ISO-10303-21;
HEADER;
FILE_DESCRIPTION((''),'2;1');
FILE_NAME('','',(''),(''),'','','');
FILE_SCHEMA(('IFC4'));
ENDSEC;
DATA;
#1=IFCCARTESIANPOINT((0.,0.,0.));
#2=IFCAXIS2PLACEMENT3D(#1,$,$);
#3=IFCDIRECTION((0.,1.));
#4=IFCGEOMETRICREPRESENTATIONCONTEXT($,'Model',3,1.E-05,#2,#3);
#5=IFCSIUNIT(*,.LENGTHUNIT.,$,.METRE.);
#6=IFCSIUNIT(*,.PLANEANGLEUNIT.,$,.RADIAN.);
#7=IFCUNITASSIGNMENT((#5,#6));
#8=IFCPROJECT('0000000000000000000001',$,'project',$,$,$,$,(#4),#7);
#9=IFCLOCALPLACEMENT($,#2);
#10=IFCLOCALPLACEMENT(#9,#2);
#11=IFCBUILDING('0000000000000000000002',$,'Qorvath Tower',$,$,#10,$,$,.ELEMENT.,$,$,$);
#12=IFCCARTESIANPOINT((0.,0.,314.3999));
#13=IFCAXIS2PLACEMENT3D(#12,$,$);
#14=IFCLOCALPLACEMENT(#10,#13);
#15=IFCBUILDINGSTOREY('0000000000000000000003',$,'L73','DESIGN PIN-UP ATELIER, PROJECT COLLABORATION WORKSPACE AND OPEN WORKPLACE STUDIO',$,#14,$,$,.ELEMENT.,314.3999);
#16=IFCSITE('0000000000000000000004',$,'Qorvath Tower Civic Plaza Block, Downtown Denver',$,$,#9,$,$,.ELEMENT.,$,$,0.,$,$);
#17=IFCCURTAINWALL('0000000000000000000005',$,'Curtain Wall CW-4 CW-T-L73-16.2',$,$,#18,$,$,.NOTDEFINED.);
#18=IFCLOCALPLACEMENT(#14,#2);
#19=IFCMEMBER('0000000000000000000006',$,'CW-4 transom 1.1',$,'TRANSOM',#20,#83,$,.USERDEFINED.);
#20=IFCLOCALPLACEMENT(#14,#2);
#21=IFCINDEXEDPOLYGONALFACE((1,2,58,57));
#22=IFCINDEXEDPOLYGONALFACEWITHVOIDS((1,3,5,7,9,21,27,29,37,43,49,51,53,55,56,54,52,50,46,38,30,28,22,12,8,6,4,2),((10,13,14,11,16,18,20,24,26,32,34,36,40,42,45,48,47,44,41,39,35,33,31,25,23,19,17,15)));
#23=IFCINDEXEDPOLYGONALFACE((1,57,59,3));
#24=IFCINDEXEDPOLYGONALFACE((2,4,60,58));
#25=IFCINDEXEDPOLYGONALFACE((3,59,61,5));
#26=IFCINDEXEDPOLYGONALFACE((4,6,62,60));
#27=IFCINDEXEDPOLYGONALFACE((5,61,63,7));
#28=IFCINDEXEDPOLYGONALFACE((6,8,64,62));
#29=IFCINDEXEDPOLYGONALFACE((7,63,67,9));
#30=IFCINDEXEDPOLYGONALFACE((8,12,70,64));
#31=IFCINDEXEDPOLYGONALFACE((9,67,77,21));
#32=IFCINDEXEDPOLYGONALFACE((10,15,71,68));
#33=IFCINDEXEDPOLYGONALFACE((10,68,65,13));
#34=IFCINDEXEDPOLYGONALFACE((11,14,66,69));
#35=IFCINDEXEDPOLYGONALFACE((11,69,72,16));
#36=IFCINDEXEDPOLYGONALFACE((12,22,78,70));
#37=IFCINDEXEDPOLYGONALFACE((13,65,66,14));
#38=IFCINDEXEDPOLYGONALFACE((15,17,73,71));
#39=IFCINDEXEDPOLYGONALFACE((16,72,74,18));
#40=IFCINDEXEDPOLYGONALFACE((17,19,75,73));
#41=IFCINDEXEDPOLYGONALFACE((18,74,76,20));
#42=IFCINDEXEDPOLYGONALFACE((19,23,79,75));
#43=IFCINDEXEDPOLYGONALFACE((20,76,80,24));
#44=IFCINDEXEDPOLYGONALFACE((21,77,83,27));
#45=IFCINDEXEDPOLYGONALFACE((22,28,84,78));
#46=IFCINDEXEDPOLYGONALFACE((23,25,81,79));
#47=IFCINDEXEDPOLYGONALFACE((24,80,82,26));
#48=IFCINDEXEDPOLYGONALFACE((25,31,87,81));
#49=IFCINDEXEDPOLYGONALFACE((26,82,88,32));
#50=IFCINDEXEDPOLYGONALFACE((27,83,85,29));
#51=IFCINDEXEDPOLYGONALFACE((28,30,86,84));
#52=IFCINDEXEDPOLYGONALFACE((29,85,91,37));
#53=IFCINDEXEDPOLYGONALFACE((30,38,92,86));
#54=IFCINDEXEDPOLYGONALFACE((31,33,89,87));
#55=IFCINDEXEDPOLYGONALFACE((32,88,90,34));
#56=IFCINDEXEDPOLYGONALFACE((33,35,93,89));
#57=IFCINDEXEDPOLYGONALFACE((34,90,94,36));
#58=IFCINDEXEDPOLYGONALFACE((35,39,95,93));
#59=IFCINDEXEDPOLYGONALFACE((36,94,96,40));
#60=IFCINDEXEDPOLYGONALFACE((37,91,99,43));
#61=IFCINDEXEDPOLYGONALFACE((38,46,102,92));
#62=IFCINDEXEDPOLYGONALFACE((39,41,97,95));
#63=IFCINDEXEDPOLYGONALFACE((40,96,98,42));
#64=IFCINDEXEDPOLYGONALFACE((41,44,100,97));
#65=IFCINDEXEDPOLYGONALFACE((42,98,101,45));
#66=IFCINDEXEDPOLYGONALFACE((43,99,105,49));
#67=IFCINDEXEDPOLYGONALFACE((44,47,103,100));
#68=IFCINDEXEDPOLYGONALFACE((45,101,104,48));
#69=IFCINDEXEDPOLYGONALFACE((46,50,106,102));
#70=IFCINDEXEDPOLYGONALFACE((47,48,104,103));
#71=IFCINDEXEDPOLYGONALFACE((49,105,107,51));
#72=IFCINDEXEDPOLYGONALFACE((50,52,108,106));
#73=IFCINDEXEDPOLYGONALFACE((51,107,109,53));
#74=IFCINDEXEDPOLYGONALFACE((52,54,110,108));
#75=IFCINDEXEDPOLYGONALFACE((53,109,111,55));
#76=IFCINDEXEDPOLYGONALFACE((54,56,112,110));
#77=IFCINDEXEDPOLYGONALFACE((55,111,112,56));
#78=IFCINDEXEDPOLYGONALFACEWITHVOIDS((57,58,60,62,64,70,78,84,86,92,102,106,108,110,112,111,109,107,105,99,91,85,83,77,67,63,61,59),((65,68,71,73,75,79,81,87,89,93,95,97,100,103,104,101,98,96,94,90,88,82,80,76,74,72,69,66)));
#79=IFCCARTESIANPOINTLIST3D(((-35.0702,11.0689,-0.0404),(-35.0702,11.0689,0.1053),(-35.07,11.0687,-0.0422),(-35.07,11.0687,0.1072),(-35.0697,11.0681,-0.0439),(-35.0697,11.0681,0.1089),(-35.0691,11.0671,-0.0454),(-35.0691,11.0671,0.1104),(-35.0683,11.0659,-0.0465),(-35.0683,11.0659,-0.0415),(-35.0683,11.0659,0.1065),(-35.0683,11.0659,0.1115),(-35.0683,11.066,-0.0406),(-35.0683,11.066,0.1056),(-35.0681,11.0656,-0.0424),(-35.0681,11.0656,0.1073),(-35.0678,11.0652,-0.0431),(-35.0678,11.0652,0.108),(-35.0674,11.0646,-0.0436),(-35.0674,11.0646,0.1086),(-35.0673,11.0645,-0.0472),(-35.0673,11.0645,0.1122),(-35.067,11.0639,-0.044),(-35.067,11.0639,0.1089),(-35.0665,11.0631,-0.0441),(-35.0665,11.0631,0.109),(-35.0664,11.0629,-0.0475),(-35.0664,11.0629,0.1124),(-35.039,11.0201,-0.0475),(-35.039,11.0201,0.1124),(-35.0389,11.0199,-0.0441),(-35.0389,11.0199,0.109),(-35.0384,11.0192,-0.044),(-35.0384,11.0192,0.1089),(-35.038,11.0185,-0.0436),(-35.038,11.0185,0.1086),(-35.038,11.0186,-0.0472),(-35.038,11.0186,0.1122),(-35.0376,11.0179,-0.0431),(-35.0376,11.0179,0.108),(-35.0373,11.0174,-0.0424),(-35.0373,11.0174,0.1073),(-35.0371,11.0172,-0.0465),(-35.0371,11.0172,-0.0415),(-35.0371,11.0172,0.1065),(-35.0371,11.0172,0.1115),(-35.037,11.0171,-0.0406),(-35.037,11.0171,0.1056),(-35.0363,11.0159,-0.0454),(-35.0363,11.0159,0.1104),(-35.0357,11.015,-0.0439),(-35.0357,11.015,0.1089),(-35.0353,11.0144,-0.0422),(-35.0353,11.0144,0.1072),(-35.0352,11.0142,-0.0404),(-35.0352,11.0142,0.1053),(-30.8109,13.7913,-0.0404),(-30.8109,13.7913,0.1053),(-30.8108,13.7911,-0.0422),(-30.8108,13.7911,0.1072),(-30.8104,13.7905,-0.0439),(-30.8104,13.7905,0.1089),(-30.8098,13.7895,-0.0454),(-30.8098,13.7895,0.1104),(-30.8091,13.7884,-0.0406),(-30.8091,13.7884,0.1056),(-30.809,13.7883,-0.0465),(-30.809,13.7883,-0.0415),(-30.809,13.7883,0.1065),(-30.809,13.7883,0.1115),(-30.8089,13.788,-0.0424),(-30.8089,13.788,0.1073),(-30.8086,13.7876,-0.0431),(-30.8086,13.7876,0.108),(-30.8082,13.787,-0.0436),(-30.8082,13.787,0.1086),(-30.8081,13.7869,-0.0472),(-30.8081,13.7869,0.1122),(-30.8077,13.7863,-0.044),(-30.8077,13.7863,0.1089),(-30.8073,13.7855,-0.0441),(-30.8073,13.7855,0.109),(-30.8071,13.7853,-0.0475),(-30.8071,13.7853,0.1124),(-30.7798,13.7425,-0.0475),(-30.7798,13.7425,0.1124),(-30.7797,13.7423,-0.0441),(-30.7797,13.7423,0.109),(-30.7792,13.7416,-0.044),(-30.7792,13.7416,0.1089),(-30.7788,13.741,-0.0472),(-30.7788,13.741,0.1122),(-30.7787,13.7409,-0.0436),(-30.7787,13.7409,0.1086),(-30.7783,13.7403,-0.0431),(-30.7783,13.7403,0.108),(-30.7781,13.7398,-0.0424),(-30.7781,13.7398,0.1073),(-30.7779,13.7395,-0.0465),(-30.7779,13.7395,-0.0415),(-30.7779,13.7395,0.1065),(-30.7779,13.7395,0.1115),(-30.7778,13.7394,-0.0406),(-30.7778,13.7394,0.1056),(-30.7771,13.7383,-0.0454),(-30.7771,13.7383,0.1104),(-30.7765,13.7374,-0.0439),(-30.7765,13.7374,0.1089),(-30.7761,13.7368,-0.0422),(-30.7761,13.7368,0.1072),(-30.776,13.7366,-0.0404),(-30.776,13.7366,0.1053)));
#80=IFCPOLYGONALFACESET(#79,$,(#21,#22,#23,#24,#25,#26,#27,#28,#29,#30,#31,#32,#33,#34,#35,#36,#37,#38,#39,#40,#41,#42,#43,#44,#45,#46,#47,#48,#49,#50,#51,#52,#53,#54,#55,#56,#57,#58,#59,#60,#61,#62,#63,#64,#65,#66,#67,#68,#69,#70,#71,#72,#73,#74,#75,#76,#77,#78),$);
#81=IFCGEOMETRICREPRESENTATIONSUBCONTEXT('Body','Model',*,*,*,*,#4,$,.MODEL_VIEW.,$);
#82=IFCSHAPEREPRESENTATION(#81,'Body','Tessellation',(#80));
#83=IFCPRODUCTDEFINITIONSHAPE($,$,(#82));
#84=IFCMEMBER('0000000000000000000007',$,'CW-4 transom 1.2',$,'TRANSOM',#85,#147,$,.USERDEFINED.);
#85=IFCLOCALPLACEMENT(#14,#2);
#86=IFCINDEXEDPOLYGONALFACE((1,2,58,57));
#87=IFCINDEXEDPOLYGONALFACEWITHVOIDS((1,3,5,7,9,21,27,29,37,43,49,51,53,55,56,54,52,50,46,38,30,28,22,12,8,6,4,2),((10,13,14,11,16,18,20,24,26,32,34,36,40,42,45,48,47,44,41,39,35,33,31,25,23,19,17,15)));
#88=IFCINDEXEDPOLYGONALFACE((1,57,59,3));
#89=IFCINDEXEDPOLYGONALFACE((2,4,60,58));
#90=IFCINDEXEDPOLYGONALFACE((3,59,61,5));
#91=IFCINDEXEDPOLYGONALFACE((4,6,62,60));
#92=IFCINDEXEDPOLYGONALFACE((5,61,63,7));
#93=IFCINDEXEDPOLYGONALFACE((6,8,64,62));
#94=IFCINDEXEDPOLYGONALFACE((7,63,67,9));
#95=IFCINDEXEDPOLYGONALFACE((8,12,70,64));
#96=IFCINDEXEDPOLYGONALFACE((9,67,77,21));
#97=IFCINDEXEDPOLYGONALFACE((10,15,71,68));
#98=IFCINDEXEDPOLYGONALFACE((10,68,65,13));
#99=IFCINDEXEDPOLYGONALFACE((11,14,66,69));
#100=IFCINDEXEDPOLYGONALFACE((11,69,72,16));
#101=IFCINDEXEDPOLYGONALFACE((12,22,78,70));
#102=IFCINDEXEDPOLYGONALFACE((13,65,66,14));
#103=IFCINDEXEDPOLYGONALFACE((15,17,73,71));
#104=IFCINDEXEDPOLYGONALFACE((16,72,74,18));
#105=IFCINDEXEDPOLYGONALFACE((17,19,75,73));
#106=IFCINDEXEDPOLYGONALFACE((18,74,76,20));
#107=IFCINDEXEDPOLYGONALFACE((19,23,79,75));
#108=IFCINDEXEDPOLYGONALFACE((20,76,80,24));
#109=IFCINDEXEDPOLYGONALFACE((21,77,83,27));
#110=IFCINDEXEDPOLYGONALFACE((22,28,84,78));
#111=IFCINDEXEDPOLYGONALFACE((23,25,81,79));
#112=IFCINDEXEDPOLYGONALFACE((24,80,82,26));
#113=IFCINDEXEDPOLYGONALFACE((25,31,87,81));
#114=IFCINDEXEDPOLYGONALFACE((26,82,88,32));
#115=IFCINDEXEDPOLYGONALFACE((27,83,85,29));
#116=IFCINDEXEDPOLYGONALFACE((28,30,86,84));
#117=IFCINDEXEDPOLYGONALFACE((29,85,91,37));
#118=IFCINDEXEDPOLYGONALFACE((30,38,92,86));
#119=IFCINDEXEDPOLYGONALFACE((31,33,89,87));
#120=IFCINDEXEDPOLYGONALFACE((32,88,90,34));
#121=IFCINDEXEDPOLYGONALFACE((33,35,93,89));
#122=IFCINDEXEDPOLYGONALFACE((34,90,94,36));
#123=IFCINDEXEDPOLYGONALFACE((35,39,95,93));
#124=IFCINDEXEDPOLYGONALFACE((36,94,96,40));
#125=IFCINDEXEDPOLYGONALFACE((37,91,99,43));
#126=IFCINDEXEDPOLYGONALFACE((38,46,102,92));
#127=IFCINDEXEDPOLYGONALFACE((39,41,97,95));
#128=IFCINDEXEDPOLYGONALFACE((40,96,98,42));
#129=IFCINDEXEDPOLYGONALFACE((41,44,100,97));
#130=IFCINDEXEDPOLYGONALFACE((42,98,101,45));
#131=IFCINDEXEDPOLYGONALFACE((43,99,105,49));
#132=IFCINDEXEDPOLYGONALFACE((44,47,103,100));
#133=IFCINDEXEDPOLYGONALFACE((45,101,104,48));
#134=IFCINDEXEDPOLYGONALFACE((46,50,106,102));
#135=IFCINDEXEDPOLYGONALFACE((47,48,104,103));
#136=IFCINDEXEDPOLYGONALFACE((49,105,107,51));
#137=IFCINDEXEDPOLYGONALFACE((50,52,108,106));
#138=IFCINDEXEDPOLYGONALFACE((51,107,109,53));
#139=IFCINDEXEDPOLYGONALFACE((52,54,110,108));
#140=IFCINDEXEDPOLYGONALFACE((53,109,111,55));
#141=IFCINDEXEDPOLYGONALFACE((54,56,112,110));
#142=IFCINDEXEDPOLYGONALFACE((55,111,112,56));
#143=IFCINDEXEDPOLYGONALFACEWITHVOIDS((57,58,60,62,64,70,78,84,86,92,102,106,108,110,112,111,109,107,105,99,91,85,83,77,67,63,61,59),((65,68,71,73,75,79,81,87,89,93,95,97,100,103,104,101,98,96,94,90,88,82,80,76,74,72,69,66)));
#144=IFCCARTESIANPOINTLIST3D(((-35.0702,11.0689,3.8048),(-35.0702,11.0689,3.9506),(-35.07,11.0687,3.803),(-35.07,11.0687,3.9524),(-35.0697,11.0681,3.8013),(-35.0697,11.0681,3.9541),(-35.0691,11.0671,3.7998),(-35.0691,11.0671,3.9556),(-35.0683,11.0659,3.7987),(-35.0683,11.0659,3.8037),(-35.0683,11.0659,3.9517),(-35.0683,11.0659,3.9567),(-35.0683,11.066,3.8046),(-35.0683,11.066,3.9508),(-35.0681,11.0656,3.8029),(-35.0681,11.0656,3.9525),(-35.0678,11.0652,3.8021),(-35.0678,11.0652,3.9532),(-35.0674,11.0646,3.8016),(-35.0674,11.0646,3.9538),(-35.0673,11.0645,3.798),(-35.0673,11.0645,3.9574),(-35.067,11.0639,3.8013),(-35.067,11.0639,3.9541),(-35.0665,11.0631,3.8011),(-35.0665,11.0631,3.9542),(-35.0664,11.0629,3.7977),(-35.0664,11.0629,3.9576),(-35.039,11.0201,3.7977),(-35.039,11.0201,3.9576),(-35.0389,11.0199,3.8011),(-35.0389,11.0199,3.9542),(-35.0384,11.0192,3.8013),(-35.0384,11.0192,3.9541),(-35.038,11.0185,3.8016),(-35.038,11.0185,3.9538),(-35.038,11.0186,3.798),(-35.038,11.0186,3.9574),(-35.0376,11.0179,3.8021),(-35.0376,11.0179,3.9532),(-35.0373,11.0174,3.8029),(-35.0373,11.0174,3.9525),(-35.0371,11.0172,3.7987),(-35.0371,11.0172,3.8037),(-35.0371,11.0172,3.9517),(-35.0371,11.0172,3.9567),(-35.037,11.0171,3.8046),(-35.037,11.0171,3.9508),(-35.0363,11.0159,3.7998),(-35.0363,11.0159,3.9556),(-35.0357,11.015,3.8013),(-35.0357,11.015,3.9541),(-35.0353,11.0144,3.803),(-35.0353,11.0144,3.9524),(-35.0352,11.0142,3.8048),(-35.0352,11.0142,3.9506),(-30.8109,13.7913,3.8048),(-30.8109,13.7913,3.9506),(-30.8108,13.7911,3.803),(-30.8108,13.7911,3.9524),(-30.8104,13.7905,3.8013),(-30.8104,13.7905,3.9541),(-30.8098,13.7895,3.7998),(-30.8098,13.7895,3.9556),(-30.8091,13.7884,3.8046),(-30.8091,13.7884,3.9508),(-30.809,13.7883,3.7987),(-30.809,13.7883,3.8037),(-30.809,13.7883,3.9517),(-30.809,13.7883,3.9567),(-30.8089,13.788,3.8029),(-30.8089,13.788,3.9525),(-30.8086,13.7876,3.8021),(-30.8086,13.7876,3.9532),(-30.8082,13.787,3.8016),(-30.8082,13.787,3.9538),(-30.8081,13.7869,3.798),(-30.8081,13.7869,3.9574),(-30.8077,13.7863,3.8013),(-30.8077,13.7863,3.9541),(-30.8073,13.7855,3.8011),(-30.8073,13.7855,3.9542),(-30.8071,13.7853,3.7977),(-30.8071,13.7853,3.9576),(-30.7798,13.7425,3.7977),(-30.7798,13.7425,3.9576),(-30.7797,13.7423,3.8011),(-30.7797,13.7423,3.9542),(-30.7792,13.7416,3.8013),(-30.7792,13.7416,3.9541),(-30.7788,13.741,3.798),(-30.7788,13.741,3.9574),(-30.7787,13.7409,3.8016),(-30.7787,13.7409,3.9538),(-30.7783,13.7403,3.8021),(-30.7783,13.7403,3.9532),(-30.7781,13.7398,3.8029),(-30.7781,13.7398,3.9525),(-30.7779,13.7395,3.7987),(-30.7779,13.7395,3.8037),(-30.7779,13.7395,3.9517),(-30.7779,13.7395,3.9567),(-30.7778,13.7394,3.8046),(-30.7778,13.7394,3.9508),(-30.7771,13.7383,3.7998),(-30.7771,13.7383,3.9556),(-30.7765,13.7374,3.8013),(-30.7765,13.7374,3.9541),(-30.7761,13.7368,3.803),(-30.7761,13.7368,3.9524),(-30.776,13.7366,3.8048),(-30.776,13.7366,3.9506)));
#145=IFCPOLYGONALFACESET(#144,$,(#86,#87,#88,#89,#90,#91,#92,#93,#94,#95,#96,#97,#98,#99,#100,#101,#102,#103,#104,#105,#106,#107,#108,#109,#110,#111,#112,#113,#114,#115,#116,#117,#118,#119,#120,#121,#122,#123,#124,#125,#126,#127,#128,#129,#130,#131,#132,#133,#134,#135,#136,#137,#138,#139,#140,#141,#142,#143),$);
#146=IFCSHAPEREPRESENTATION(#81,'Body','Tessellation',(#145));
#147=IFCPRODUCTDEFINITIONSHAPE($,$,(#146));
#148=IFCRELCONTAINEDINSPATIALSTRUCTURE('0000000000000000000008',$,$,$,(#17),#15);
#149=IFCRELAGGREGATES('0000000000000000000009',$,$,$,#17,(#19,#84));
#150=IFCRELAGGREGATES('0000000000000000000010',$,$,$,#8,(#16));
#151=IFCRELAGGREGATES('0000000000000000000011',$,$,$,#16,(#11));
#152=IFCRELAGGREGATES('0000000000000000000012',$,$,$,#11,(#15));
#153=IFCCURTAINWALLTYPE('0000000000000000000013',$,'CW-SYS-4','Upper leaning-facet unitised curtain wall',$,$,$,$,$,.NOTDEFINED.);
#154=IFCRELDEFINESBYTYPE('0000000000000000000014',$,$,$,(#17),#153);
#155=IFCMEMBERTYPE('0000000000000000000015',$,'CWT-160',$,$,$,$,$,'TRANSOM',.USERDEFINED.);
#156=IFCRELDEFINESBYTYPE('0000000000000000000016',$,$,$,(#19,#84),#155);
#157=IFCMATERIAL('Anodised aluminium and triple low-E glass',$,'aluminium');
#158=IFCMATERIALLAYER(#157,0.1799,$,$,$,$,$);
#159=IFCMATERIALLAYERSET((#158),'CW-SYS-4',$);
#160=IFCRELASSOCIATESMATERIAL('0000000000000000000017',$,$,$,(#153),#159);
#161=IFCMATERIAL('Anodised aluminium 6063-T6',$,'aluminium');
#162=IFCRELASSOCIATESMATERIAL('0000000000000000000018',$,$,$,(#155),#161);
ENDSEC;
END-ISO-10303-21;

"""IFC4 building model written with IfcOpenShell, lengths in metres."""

from ifc_helpers import new_model, si_unit, direction, frame, origin, origin_2d, place, context, subcontext, project, spatial, hollow_rectangle, extrude, material, layer, layer_set, material_profile, profile_set, type_object, element, aggregate, save


model = new_model("IFC4")

# Units and contexts
model_context = context("Model", 3, precision=1e-05, world=origin(), true_north=direction((0.0, 1.0)))
body_context = subcontext(model_context, "Body", "Model", "MODEL_VIEW")
ifc_project = project(units=[si_unit("LENGTHUNIT", "METRE"), si_unit("PLANEANGLEUNIT", "RADIAN")], contexts=[model_context])

# Site, building, storey
site_placement = place(None, origin())
site = spatial("IfcSite", under=ifc_project, at=site_placement, Name="Qorvath Tower Civic Plaza Block, Downtown Denver", CompositionType="ELEMENT", RefElevation=0.0)
building_placement = place(site_placement, origin())
building = spatial("IfcBuilding", under=site, at=building_placement, Name="Qorvath Tower", CompositionType="ELEMENT")
storey_placement = place(building_placement, frame((0.0, 0.0, 314.3999)))
storey = spatial("IfcBuildingStorey", under=building, at=storey_placement, Name="L73", Description="DESIGN PIN-UP ATELIER, PROJECT COLLABORATION WORKSPACE AND OPEN WORKPLACE STUDIO", CompositionType="ELEMENT", Elevation=314.3999)

# Curtain wall, members
ifc_material_1 = material(Name="Anodised aluminium and triple low-E glass", Category="aluminium")
ifc_layer_1 = layer(ifc_material_1, 0.1799)
ifc_layer_set_1 = layer_set([ifc_layer_1], Name="CW-SYS-4")
curtain_wall_type = type_object("IfcCurtainWallType", Name="CW-SYS-4", Description="Upper leaning-facet unitised curtain wall", PredefinedType="NOTDEFINED", material=ifc_layer_set_1)
curtain_wall_placement = place(storey_placement, origin())
curtain_wall = element("IfcCurtainWall", 1, at=curtain_wall_placement, inside=storey, type_object=curtain_wall_type, Name="Curtain Wall CW-4 CW-T-L73-16.2", PredefinedType="NOTDEFINED")
ifc_material_2 = material(Name="Anodised aluminium 6063-T6", Category="aluminium")
ifc_material_profile_1 = material_profile(ifc_material_2, hollow_rectangle(XDim=0.0649, YDim=0.1599, WallThickness=0.0034, InnerFilletRadius=0.0034, OuterFilletRadius=0.0071, at=origin_2d()), Name="CWT 160x65")
ifc_profile_set_1 = profile_set([ifc_material_profile_1], Name="Anodised aluminium 6063-T6")
member_type_1 = type_object("IfcMemberType", Name="CWT-160", ElementType="TRANSOM", PredefinedType="USERDEFINED", material=ifc_profile_set_1)
member_1_placement = place(storey_placement, frame((-30.7935, 13.7639, 0.0325), z_axis=(-0.842588, -0.538559, 0.0), x_axis=(0.538559, -0.842588, 0.0)))
member_1 = element("IfcMember", 2, at=member_1_placement, type_object=member_type_1, Name="CW-4 transom 1.1", ObjectType="TRANSOM", PredefinedType="USERDEFINED", context=body_context, shape_type="SweptSolid", body=[
    extrude(hollow_rectangle(XDim=0.0649, YDim=0.1599, WallThickness=0.0034, InnerFilletRadius=0.0034, OuterFilletRadius=0.0071, at=origin_2d()), origin(), (0.0, 0.0, 1.0), 5.0549),
])
member_2_placement = place(storey_placement, frame((-30.7935, 13.7639, 3.8777), z_axis=(-0.842588, -0.538559, 0.0), x_axis=(0.538559, -0.842588, 0.0)))
member_2 = element("IfcMember", 3, at=member_2_placement, type_object=member_type_1, Name="CW-4 transom 1.2", ObjectType="TRANSOM", PredefinedType="USERDEFINED", context=body_context, shape_type="SweptSolid", body=[
    extrude(hollow_rectangle(XDim=0.0649, YDim=0.1599, WallThickness=0.0034, InnerFilletRadius=0.0034, OuterFilletRadius=0.0071, at=origin_2d()), origin(), (0.0, 0.0, 1.0), 5.0549),
])
aggregate(curtain_wall, [member_1, member_2])

save(model, "model.ifc")
